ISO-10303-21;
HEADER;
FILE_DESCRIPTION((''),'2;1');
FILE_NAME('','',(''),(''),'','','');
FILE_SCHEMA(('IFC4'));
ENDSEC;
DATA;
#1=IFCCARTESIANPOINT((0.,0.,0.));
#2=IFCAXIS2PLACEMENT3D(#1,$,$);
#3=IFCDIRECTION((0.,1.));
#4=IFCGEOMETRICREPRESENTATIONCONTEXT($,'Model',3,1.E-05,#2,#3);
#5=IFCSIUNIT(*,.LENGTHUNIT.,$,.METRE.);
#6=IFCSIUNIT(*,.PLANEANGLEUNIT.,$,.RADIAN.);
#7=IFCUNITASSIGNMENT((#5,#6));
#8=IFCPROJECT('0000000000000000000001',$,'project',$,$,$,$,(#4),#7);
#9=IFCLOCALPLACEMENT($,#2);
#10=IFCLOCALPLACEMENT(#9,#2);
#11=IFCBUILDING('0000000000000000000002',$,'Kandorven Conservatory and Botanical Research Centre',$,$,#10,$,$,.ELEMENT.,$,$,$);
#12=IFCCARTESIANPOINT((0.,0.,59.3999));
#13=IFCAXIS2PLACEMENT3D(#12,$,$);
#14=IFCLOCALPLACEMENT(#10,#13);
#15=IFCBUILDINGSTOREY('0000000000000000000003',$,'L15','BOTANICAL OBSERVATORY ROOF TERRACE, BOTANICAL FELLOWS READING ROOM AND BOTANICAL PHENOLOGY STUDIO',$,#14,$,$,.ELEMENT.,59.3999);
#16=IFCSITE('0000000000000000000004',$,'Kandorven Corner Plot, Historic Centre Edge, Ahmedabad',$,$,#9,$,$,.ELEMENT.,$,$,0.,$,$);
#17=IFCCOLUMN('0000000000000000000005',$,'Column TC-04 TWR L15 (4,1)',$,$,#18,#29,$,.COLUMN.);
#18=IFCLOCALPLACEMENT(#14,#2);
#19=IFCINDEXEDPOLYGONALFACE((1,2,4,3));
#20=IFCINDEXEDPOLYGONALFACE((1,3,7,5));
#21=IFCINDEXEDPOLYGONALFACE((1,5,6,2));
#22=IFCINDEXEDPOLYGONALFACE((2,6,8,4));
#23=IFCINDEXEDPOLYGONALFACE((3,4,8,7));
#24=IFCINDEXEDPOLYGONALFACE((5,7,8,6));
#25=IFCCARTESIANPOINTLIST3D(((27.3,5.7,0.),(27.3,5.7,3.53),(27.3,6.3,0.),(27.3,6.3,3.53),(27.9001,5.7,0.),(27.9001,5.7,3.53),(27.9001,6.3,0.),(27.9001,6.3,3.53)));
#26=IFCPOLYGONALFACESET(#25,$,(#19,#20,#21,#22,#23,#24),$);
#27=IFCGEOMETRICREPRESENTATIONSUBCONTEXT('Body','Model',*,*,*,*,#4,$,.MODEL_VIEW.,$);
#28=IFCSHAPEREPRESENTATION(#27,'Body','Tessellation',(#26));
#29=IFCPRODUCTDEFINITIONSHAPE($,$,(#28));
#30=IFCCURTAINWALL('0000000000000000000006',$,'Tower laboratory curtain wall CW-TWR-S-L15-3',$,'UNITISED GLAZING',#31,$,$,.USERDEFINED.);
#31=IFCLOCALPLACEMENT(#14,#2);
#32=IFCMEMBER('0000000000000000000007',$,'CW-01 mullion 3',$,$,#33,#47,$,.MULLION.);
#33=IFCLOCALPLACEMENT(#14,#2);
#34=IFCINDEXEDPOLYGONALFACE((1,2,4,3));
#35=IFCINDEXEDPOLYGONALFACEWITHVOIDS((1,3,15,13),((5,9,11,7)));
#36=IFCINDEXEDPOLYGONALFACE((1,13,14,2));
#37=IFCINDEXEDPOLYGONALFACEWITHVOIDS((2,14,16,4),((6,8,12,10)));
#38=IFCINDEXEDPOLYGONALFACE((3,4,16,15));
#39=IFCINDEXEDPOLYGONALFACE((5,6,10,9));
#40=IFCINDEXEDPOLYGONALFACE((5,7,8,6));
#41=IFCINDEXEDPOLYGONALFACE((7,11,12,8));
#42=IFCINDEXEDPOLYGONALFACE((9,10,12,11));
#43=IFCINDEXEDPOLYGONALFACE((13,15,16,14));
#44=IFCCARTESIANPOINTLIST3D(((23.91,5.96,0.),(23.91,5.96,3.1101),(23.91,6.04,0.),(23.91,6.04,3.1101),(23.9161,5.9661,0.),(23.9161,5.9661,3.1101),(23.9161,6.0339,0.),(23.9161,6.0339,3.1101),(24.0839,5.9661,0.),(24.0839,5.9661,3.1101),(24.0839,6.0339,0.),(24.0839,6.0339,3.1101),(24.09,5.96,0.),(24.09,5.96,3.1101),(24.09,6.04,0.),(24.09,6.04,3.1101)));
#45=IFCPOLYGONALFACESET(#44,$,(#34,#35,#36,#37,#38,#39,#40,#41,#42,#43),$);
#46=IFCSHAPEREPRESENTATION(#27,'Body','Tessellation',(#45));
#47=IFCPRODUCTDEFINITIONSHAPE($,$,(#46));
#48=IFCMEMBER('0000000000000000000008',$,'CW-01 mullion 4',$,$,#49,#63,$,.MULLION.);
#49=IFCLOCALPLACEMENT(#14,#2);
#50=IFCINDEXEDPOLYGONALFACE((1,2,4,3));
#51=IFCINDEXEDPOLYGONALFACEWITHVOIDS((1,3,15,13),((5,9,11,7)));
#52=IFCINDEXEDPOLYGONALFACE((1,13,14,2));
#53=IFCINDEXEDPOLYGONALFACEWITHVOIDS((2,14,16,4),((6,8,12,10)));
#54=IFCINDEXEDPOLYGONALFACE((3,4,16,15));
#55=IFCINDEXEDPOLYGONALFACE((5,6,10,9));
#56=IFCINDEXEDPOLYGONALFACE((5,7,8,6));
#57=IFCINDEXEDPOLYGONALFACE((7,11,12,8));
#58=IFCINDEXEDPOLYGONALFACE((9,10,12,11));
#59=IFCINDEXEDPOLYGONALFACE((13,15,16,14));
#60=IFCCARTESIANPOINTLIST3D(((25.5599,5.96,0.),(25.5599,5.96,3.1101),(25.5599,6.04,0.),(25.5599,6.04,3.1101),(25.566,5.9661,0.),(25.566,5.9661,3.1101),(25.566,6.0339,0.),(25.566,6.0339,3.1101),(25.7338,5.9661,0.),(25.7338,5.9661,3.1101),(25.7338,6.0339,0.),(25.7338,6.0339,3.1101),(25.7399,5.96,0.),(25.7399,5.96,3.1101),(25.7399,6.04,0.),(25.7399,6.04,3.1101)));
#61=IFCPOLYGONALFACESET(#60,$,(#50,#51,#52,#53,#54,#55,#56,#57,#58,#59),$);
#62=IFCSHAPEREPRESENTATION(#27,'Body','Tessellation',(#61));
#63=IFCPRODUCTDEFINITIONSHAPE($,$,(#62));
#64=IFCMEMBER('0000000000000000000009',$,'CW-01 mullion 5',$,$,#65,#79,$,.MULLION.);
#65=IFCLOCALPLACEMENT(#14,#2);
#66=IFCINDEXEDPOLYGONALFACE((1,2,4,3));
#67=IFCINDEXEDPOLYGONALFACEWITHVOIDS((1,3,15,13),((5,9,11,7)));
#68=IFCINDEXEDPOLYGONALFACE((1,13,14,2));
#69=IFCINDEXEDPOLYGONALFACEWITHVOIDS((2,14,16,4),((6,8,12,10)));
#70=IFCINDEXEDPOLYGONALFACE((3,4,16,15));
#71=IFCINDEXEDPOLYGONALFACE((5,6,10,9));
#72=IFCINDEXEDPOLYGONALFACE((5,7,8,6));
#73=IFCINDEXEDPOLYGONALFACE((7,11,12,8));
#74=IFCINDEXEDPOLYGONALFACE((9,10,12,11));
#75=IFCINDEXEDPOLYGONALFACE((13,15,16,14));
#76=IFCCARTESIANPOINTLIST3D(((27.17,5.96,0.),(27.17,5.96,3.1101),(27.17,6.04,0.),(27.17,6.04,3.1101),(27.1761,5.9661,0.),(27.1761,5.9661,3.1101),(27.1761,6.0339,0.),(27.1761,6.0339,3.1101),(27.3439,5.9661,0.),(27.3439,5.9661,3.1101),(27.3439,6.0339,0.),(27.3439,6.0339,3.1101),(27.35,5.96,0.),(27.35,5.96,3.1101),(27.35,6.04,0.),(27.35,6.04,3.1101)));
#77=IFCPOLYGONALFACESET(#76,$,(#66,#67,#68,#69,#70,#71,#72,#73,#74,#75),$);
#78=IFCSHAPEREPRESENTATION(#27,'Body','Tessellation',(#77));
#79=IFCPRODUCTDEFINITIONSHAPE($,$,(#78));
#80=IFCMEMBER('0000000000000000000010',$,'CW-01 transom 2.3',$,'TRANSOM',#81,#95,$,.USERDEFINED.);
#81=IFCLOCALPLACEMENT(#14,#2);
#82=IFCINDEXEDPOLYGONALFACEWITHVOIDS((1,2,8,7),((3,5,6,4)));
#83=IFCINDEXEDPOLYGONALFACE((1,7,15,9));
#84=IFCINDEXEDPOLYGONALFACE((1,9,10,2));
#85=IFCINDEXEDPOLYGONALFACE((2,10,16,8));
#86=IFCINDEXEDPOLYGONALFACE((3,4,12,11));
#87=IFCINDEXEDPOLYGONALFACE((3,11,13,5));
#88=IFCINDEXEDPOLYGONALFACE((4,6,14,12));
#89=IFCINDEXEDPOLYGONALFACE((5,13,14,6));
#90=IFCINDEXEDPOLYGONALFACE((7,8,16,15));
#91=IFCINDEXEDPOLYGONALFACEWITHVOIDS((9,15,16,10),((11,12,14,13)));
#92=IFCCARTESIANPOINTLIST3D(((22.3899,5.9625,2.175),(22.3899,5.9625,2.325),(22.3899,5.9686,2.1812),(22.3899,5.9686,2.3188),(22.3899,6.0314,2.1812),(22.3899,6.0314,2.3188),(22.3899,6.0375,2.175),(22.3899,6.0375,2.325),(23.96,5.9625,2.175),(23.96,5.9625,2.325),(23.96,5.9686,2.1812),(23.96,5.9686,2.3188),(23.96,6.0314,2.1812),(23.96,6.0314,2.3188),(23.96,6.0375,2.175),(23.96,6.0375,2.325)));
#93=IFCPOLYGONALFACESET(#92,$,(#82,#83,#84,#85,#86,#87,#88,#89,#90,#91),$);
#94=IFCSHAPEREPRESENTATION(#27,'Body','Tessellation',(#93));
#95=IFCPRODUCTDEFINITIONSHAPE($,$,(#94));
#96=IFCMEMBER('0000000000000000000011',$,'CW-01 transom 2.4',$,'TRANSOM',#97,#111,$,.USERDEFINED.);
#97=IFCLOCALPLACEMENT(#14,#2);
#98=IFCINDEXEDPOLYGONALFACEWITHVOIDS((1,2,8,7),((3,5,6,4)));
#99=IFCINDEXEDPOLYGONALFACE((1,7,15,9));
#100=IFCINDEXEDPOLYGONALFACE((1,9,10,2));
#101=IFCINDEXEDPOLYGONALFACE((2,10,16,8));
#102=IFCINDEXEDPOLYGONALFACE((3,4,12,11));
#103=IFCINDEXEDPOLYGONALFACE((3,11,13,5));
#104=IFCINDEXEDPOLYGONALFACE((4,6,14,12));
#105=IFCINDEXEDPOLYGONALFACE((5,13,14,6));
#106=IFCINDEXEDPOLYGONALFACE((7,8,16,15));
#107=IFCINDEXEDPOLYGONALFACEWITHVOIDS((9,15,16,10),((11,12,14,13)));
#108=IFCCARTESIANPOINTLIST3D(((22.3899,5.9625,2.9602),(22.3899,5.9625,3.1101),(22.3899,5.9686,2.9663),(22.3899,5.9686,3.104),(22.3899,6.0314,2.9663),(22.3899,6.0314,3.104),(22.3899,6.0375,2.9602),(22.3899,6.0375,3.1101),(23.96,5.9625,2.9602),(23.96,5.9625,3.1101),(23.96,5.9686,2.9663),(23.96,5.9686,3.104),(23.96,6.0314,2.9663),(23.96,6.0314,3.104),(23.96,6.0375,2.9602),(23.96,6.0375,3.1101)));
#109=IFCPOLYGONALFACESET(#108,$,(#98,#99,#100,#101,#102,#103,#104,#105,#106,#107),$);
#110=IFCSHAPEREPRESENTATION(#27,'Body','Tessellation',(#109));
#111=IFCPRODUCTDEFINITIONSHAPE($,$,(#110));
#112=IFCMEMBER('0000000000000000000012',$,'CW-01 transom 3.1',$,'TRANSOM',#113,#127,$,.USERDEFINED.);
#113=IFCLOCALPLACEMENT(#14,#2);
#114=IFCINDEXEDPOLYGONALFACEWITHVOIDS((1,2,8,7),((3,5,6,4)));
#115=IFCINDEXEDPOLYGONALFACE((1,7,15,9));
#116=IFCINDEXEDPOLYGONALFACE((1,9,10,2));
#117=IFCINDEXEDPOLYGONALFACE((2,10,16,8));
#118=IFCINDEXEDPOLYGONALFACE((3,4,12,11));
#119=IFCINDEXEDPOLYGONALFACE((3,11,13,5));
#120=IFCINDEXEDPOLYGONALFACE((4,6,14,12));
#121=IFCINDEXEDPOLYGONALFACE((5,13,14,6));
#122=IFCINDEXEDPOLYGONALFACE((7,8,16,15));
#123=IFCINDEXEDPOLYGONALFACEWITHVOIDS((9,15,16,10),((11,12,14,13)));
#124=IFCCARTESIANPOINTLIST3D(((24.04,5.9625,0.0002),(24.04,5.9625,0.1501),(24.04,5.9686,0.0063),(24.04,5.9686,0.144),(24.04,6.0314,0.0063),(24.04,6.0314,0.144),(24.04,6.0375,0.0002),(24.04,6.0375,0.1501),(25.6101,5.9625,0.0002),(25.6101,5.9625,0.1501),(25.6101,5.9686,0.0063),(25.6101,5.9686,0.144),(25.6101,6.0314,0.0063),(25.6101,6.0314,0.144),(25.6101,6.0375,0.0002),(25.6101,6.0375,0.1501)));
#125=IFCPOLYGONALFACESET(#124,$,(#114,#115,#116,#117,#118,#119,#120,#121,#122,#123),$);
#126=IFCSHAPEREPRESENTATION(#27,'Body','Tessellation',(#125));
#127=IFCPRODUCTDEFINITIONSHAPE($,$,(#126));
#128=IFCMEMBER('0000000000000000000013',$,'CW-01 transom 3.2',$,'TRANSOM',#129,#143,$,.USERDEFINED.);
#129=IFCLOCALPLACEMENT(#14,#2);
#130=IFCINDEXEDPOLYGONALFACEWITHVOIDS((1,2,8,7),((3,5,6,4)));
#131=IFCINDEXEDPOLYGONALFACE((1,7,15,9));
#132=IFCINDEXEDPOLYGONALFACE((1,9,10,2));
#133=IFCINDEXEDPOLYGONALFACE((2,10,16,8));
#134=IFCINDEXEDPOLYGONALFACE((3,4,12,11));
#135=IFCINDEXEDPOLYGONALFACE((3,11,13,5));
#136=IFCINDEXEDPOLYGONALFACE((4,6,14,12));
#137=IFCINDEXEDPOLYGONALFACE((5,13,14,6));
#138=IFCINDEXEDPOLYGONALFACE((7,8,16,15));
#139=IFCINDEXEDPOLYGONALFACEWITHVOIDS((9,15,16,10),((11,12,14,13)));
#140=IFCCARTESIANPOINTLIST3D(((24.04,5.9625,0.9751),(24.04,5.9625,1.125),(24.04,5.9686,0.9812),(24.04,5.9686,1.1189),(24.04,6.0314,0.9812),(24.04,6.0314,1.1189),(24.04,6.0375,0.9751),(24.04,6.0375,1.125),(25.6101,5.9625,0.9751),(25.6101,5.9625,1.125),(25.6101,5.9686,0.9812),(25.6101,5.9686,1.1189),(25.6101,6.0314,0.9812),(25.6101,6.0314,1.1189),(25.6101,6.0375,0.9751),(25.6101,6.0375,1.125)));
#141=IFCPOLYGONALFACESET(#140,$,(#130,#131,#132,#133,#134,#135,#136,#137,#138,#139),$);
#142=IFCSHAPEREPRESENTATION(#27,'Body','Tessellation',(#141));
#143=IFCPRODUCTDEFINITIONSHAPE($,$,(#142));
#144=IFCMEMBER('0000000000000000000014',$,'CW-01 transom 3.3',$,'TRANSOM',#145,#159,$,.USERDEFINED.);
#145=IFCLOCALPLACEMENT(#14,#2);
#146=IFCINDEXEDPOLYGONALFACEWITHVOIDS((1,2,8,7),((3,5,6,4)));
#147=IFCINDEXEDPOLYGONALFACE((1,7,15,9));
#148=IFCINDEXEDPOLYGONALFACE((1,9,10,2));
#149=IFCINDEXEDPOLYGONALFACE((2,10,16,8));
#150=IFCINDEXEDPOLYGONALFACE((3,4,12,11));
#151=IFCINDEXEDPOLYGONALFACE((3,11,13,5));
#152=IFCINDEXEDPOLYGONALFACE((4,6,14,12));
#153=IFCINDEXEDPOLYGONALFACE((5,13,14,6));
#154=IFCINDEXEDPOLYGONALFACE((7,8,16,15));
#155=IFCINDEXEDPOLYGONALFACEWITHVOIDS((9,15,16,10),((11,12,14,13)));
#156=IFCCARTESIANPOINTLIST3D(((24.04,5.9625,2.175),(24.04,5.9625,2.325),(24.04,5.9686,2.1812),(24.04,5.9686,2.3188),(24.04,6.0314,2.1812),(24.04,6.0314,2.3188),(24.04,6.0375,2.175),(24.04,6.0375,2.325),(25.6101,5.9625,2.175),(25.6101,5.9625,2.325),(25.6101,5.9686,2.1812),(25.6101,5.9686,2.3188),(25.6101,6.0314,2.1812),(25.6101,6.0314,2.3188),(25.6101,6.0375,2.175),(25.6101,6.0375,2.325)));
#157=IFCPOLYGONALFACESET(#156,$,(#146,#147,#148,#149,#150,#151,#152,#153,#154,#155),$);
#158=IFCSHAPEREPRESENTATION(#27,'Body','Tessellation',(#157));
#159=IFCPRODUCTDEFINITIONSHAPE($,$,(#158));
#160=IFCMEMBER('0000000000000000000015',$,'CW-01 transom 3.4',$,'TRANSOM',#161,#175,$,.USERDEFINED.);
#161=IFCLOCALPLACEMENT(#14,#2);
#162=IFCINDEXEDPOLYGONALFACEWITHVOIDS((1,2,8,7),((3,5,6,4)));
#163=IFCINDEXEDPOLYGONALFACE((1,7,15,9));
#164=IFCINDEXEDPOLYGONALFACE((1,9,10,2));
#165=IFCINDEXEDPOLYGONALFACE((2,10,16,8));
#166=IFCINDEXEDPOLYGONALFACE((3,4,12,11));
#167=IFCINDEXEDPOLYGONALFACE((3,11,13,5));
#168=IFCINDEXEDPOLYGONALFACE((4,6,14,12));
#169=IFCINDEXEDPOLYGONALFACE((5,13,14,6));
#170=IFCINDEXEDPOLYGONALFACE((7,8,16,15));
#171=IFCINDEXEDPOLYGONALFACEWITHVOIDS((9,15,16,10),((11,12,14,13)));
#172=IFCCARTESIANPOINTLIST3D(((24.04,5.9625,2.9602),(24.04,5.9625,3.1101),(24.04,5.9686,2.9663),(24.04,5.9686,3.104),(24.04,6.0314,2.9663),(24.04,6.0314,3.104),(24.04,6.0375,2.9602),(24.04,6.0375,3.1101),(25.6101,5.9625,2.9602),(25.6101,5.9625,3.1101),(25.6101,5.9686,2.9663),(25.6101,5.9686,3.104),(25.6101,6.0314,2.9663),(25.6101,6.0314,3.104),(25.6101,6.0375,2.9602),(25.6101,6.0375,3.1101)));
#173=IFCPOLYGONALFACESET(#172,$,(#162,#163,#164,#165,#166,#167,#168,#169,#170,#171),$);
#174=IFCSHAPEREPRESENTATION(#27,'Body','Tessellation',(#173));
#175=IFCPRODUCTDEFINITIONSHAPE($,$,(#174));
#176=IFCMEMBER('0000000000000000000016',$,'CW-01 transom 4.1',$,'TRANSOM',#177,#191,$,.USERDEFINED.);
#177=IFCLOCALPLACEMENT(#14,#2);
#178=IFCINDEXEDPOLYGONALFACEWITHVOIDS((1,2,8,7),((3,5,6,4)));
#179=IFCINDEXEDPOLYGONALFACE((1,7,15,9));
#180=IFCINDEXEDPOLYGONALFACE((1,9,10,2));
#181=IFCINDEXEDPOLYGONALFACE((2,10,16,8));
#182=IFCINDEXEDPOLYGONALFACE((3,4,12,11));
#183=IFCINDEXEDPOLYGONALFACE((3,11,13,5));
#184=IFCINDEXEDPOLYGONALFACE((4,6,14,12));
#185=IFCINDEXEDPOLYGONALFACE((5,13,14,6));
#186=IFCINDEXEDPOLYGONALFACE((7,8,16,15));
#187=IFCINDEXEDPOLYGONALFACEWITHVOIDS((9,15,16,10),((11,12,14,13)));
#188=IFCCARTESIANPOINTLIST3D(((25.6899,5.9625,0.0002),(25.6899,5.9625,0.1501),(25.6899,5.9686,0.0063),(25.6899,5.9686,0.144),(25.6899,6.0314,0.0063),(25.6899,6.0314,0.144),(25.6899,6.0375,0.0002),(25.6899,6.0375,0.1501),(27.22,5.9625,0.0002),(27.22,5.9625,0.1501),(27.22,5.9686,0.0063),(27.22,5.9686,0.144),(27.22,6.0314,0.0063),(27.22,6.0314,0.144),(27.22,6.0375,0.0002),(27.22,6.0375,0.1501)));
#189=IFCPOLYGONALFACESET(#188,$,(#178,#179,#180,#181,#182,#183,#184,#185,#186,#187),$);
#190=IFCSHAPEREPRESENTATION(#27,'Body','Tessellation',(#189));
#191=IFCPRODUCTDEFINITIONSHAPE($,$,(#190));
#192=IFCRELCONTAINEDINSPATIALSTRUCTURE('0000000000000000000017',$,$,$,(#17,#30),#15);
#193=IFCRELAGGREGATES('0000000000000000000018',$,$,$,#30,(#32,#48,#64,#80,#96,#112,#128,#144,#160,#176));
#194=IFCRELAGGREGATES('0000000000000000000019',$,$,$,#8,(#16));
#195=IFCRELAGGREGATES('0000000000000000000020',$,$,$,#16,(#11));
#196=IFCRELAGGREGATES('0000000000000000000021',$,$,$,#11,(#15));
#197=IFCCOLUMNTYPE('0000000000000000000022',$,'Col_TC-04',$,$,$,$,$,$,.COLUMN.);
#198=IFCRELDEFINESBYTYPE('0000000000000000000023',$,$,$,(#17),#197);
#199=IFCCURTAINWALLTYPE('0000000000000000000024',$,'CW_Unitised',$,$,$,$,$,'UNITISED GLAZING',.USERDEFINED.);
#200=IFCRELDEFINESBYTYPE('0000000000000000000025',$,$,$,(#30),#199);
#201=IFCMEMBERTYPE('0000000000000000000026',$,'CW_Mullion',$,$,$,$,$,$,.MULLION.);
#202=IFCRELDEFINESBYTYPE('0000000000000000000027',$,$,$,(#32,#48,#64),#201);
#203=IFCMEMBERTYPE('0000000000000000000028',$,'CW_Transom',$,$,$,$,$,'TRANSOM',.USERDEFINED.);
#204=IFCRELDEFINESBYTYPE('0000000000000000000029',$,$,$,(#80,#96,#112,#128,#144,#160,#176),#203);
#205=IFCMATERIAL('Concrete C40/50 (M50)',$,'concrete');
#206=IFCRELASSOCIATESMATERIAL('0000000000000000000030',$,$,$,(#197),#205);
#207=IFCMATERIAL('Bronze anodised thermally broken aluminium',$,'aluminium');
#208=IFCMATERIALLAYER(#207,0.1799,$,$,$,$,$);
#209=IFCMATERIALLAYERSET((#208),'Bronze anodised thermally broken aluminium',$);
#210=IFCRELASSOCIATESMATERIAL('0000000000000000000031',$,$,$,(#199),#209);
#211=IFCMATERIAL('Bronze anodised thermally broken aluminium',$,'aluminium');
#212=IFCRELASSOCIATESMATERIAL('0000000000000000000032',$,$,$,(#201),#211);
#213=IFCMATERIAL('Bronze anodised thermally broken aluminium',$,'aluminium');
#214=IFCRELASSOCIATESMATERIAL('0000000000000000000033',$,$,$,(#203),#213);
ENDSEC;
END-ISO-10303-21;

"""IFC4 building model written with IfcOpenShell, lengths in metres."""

from ifc_helpers import new_model, si_unit, direction, frame, origin, origin_2d, place, context, subcontext, project, spatial, rectangle, hollow_rectangle, extrude, material, layer, layer_set, material_profile, profile_set, type_object, element, aggregate, save


model = new_model("IFC4")

# Units and contexts
model_context = context("Model", 3, precision=1e-05, world=origin(), true_north=direction((0.0, 1.0)))
body_context = subcontext(model_context, "Body", "Model", "MODEL_VIEW")
ifc_project = project(units=[si_unit("LENGTHUNIT", "METRE"), si_unit("PLANEANGLEUNIT", "RADIAN")], contexts=[model_context])

# Site, building, storey
site_placement = place(None, origin())
site = spatial("IfcSite", under=ifc_project, at=site_placement, Name="Kandorven Corner Plot, Historic Centre Edge, Ahmedabad", CompositionType="ELEMENT", RefElevation=0.0)
building_placement = place(site_placement, origin())
building = spatial("IfcBuilding", under=site, at=building_placement, Name="Kandorven Conservatory and Botanical Research Centre", CompositionType="ELEMENT")
storey_placement = place(building_placement, frame((0.0, 0.0, 59.3999)))
storey = spatial("IfcBuildingStorey", under=building, at=storey_placement, Name="L15", Description="BOTANICAL OBSERVATORY ROOF TERRACE, BOTANICAL FELLOWS READING ROOM AND BOTANICAL PHENOLOGY STUDIO", CompositionType="ELEMENT", Elevation=59.3999)

# Column
ifc_material_1 = material(Name="Concrete C40/50 (M50)", Category="concrete")
ifc_material_profile_1 = material_profile(ifc_material_1, rectangle(XDim=0.6001, YDim=0.6001, at=origin_2d()))
ifc_profile_set_1 = profile_set([ifc_material_profile_1], Name="Concrete C40/50 (M50)")
column_type = type_object("IfcColumnType", Name="Col_TC-04", PredefinedType="COLUMN", material=ifc_profile_set_1)
column_placement = place(storey_placement, frame((27.6001, 6.0, 0.0), z_axis=(0.0, 0.0, 1.0), x_axis=(1.0, 0.0, 0.0)))
element("IfcColumn", 1, at=column_placement, inside=storey, type_object=column_type, Name="Column TC-04 TWR L15 (4,1)", PredefinedType="COLUMN", context=body_context, shape_type="SweptSolid", body=[
    extrude(rectangle(XDim=0.6001, YDim=0.6001, at=origin_2d()), origin(), (0.0, 0.0, 1.0), 3.53),
])

# Curtain wall, members
ifc_material_2 = material(Name="Bronze anodised thermally broken aluminium", Category="aluminium")
ifc_layer_1 = layer(ifc_material_2, 0.1799)
ifc_layer_set_1 = layer_set([ifc_layer_1], Name="Bronze anodised thermally broken aluminium")
curtain_wall_type = type_object("IfcCurtainWallType", Name="CW_Unitised", ElementType="UNITISED GLAZING", PredefinedType="USERDEFINED", material=ifc_layer_set_1)
curtain_wall_placement = place(storey_placement, origin())
curtain_wall = element("IfcCurtainWall", 2, at=curtain_wall_placement, inside=storey, type_object=curtain_wall_type, Name="Tower laboratory curtain wall CW-TWR-S-L15-3", ObjectType="UNITISED GLAZING", PredefinedType="USERDEFINED")
ifc_material_3 = material(Name="Bronze anodised thermally broken aluminium", Category="aluminium")
ifc_material_profile_2 = material_profile(ifc_material_3, hollow_rectangle(XDim=0.0801, YDim=0.1799, WallThickness=0.0061, at=origin_2d()))
ifc_profile_set_2 = profile_set([ifc_material_profile_2], Name="Bronze anodised thermally broken aluminium")
member_type_1 = type_object("IfcMemberType", Name="CW_Mullion", PredefinedType="MULLION", material=ifc_profile_set_2)
member_1_placement = place(storey_placement, frame((24.0, 6.0, 0.0), z_axis=(0.0, 0.0, 1.0), x_axis=(0.0, 1.0, 0.0)))
member_1 = element("IfcMember", 3, at=member_1_placement, type_object=member_type_1, Name="CW-01 mullion 3", PredefinedType="MULLION", context=body_context, shape_type="SweptSolid", body=[
    extrude(hollow_rectangle(XDim=0.0801, YDim=0.1799, WallThickness=0.0061, at=origin_2d()), origin(), (0.0, 0.0, 1.0), 3.1101),
])
member_2_placement = place(storey_placement, frame((25.6499, 6.0, 0.0), z_axis=(0.0, 0.0, 1.0), x_axis=(0.0, 1.0, 0.0)))
member_2 = element("IfcMember", 4, at=member_2_placement, type_object=member_type_1, Name="CW-01 mullion 4", PredefinedType="MULLION", context=body_context, shape_type="SweptSolid", body=[
    extrude(hollow_rectangle(XDim=0.0801, YDim=0.1799, WallThickness=0.0061, at=origin_2d()), origin(), (0.0, 0.0, 1.0), 3.1101),
])
member_3_placement = place(storey_placement, frame((27.26, 6.0, 0.0), z_axis=(0.0, 0.0, 1.0), x_axis=(0.0, 1.0, 0.0)))
member_3 = element("IfcMember", 5, at=member_3_placement, type_object=member_type_1, Name="CW-01 mullion 5", PredefinedType="MULLION", context=body_context, shape_type="SweptSolid", body=[
    extrude(hollow_rectangle(XDim=0.0801, YDim=0.1799, WallThickness=0.0061, at=origin_2d()), origin(), (0.0, 0.0, 1.0), 3.1101),
])
ifc_material_4 = material(Name="Bronze anodised thermally broken aluminium", Category="aluminium")
ifc_material_profile_3 = material_profile(ifc_material_4, hollow_rectangle(XDim=0.075, YDim=0.1499, WallThickness=0.0061, at=origin_2d()))
ifc_profile_set_3 = profile_set([ifc_material_profile_3], Name="Bronze anodised thermally broken aluminium")
member_type_2 = type_object("IfcMemberType", Name="CW_Transom", ElementType="TRANSOM", PredefinedType="USERDEFINED", material=ifc_profile_set_3)
member_4_placement = place(storey_placement, frame((22.3899, 6.0, 2.25), z_axis=(1.0, 0.0, 0.0), x_axis=(0.0, 1.0, 0.0)))
member_4 = element("IfcMember", 6, at=member_4_placement, type_object=member_type_2, Name="CW-01 transom 2.3", ObjectType="TRANSOM", PredefinedType="USERDEFINED", context=body_context, shape_type="SweptSolid", body=[
    extrude(hollow_rectangle(XDim=0.075, YDim=0.1499, WallThickness=0.0061, at=origin_2d()), origin(), (0.0, 0.0, 1.0), 1.5701),
])
member_5_placement = place(storey_placement, frame((22.3899, 6.0, 3.0352), z_axis=(1.0, 0.0, 0.0), x_axis=(0.0, 1.0, 0.0)))
member_5 = element("IfcMember", 7, at=member_5_placement, type_object=member_type_2, Name="CW-01 transom 2.4", ObjectType="TRANSOM", PredefinedType="USERDEFINED", context=body_context, shape_type="SweptSolid", body=[
    extrude(hollow_rectangle(XDim=0.075, YDim=0.1499, WallThickness=0.0061, at=origin_2d()), origin(), (0.0, 0.0, 1.0), 1.5701),
])
member_6_placement = place(storey_placement, frame((24.04, 6.0, 0.0752), z_axis=(1.0, 0.0, 0.0), x_axis=(0.0, 1.0, 0.0)))
member_6 = element("IfcMember", 8, at=member_6_placement, type_object=member_type_2, Name="CW-01 transom 3.1", ObjectType="TRANSOM", PredefinedType="USERDEFINED", context=body_context, shape_type="SweptSolid", body=[
    extrude(hollow_rectangle(XDim=0.075, YDim=0.1499, WallThickness=0.0061, at=origin_2d()), origin(), (0.0, 0.0, 1.0), 1.5701),
])
member_7_placement = place(storey_placement, frame((24.04, 6.0, 1.05), z_axis=(1.0, 0.0, 0.0), x_axis=(0.0, 1.0, 0.0)))
member_7 = element("IfcMember", 9, at=member_7_placement, type_object=member_type_2, Name="CW-01 transom 3.2", ObjectType="TRANSOM", PredefinedType="USERDEFINED", context=body_context, shape_type="SweptSolid", body=[
    extrude(hollow_rectangle(XDim=0.075, YDim=0.1499, WallThickness=0.0061, at=origin_2d()), origin(), (0.0, 0.0, 1.0), 1.5701),
])
member_8_placement = place(storey_placement, frame((24.04, 6.0, 2.25), z_axis=(1.0, 0.0, 0.0), x_axis=(0.0, 1.0, 0.0)))
member_8 = element("IfcMember", 10, at=member_8_placement, type_object=member_type_2, Name="CW-01 transom 3.3", ObjectType="TRANSOM", PredefinedType="USERDEFINED", context=body_context, shape_type="SweptSolid", body=[
    extrude(hollow_rectangle(XDim=0.075, YDim=0.1499, WallThickness=0.0061, at=origin_2d()), origin(), (0.0, 0.0, 1.0), 1.5701),
])
member_9_placement = place(storey_placement, frame((24.04, 6.0, 3.0352), z_axis=(1.0, 0.0, 0.0), x_axis=(0.0, 1.0, 0.0)))
member_9 = element("IfcMember", 11, at=member_9_placement, type_object=member_type_2, Name="CW-01 transom 3.4", ObjectType="TRANSOM", PredefinedType="USERDEFINED", context=body_context, shape_type="SweptSolid", body=[
    extrude(hollow_rectangle(XDim=0.075, YDim=0.1499, WallThickness=0.0061, at=origin_2d()), origin(), (0.0, 0.0, 1.0), 1.5701),
])
member_10_placement = place(storey_placement, frame((25.6899, 6.0, 0.0752), z_axis=(1.0, 0.0, 0.0), x_axis=(0.0, 1.0, 0.0)))
member_10 = element("IfcMember", 12, at=member_10_placement, type_object=member_type_2, Name="CW-01 transom 4.1", ObjectType="TRANSOM", PredefinedType="USERDEFINED", context=body_context, shape_type="SweptSolid", body=[
    extrude(hollow_rectangle(XDim=0.075, YDim=0.1499, WallThickness=0.0061, at=origin_2d()), origin(), (0.0, 0.0, 1.0), 1.53),
])
aggregate(curtain_wall, [member_1, member_2, member_3, member_4, member_5, member_6, member_7, member_8, member_9, member_10])

save(model, "model.ifc")
